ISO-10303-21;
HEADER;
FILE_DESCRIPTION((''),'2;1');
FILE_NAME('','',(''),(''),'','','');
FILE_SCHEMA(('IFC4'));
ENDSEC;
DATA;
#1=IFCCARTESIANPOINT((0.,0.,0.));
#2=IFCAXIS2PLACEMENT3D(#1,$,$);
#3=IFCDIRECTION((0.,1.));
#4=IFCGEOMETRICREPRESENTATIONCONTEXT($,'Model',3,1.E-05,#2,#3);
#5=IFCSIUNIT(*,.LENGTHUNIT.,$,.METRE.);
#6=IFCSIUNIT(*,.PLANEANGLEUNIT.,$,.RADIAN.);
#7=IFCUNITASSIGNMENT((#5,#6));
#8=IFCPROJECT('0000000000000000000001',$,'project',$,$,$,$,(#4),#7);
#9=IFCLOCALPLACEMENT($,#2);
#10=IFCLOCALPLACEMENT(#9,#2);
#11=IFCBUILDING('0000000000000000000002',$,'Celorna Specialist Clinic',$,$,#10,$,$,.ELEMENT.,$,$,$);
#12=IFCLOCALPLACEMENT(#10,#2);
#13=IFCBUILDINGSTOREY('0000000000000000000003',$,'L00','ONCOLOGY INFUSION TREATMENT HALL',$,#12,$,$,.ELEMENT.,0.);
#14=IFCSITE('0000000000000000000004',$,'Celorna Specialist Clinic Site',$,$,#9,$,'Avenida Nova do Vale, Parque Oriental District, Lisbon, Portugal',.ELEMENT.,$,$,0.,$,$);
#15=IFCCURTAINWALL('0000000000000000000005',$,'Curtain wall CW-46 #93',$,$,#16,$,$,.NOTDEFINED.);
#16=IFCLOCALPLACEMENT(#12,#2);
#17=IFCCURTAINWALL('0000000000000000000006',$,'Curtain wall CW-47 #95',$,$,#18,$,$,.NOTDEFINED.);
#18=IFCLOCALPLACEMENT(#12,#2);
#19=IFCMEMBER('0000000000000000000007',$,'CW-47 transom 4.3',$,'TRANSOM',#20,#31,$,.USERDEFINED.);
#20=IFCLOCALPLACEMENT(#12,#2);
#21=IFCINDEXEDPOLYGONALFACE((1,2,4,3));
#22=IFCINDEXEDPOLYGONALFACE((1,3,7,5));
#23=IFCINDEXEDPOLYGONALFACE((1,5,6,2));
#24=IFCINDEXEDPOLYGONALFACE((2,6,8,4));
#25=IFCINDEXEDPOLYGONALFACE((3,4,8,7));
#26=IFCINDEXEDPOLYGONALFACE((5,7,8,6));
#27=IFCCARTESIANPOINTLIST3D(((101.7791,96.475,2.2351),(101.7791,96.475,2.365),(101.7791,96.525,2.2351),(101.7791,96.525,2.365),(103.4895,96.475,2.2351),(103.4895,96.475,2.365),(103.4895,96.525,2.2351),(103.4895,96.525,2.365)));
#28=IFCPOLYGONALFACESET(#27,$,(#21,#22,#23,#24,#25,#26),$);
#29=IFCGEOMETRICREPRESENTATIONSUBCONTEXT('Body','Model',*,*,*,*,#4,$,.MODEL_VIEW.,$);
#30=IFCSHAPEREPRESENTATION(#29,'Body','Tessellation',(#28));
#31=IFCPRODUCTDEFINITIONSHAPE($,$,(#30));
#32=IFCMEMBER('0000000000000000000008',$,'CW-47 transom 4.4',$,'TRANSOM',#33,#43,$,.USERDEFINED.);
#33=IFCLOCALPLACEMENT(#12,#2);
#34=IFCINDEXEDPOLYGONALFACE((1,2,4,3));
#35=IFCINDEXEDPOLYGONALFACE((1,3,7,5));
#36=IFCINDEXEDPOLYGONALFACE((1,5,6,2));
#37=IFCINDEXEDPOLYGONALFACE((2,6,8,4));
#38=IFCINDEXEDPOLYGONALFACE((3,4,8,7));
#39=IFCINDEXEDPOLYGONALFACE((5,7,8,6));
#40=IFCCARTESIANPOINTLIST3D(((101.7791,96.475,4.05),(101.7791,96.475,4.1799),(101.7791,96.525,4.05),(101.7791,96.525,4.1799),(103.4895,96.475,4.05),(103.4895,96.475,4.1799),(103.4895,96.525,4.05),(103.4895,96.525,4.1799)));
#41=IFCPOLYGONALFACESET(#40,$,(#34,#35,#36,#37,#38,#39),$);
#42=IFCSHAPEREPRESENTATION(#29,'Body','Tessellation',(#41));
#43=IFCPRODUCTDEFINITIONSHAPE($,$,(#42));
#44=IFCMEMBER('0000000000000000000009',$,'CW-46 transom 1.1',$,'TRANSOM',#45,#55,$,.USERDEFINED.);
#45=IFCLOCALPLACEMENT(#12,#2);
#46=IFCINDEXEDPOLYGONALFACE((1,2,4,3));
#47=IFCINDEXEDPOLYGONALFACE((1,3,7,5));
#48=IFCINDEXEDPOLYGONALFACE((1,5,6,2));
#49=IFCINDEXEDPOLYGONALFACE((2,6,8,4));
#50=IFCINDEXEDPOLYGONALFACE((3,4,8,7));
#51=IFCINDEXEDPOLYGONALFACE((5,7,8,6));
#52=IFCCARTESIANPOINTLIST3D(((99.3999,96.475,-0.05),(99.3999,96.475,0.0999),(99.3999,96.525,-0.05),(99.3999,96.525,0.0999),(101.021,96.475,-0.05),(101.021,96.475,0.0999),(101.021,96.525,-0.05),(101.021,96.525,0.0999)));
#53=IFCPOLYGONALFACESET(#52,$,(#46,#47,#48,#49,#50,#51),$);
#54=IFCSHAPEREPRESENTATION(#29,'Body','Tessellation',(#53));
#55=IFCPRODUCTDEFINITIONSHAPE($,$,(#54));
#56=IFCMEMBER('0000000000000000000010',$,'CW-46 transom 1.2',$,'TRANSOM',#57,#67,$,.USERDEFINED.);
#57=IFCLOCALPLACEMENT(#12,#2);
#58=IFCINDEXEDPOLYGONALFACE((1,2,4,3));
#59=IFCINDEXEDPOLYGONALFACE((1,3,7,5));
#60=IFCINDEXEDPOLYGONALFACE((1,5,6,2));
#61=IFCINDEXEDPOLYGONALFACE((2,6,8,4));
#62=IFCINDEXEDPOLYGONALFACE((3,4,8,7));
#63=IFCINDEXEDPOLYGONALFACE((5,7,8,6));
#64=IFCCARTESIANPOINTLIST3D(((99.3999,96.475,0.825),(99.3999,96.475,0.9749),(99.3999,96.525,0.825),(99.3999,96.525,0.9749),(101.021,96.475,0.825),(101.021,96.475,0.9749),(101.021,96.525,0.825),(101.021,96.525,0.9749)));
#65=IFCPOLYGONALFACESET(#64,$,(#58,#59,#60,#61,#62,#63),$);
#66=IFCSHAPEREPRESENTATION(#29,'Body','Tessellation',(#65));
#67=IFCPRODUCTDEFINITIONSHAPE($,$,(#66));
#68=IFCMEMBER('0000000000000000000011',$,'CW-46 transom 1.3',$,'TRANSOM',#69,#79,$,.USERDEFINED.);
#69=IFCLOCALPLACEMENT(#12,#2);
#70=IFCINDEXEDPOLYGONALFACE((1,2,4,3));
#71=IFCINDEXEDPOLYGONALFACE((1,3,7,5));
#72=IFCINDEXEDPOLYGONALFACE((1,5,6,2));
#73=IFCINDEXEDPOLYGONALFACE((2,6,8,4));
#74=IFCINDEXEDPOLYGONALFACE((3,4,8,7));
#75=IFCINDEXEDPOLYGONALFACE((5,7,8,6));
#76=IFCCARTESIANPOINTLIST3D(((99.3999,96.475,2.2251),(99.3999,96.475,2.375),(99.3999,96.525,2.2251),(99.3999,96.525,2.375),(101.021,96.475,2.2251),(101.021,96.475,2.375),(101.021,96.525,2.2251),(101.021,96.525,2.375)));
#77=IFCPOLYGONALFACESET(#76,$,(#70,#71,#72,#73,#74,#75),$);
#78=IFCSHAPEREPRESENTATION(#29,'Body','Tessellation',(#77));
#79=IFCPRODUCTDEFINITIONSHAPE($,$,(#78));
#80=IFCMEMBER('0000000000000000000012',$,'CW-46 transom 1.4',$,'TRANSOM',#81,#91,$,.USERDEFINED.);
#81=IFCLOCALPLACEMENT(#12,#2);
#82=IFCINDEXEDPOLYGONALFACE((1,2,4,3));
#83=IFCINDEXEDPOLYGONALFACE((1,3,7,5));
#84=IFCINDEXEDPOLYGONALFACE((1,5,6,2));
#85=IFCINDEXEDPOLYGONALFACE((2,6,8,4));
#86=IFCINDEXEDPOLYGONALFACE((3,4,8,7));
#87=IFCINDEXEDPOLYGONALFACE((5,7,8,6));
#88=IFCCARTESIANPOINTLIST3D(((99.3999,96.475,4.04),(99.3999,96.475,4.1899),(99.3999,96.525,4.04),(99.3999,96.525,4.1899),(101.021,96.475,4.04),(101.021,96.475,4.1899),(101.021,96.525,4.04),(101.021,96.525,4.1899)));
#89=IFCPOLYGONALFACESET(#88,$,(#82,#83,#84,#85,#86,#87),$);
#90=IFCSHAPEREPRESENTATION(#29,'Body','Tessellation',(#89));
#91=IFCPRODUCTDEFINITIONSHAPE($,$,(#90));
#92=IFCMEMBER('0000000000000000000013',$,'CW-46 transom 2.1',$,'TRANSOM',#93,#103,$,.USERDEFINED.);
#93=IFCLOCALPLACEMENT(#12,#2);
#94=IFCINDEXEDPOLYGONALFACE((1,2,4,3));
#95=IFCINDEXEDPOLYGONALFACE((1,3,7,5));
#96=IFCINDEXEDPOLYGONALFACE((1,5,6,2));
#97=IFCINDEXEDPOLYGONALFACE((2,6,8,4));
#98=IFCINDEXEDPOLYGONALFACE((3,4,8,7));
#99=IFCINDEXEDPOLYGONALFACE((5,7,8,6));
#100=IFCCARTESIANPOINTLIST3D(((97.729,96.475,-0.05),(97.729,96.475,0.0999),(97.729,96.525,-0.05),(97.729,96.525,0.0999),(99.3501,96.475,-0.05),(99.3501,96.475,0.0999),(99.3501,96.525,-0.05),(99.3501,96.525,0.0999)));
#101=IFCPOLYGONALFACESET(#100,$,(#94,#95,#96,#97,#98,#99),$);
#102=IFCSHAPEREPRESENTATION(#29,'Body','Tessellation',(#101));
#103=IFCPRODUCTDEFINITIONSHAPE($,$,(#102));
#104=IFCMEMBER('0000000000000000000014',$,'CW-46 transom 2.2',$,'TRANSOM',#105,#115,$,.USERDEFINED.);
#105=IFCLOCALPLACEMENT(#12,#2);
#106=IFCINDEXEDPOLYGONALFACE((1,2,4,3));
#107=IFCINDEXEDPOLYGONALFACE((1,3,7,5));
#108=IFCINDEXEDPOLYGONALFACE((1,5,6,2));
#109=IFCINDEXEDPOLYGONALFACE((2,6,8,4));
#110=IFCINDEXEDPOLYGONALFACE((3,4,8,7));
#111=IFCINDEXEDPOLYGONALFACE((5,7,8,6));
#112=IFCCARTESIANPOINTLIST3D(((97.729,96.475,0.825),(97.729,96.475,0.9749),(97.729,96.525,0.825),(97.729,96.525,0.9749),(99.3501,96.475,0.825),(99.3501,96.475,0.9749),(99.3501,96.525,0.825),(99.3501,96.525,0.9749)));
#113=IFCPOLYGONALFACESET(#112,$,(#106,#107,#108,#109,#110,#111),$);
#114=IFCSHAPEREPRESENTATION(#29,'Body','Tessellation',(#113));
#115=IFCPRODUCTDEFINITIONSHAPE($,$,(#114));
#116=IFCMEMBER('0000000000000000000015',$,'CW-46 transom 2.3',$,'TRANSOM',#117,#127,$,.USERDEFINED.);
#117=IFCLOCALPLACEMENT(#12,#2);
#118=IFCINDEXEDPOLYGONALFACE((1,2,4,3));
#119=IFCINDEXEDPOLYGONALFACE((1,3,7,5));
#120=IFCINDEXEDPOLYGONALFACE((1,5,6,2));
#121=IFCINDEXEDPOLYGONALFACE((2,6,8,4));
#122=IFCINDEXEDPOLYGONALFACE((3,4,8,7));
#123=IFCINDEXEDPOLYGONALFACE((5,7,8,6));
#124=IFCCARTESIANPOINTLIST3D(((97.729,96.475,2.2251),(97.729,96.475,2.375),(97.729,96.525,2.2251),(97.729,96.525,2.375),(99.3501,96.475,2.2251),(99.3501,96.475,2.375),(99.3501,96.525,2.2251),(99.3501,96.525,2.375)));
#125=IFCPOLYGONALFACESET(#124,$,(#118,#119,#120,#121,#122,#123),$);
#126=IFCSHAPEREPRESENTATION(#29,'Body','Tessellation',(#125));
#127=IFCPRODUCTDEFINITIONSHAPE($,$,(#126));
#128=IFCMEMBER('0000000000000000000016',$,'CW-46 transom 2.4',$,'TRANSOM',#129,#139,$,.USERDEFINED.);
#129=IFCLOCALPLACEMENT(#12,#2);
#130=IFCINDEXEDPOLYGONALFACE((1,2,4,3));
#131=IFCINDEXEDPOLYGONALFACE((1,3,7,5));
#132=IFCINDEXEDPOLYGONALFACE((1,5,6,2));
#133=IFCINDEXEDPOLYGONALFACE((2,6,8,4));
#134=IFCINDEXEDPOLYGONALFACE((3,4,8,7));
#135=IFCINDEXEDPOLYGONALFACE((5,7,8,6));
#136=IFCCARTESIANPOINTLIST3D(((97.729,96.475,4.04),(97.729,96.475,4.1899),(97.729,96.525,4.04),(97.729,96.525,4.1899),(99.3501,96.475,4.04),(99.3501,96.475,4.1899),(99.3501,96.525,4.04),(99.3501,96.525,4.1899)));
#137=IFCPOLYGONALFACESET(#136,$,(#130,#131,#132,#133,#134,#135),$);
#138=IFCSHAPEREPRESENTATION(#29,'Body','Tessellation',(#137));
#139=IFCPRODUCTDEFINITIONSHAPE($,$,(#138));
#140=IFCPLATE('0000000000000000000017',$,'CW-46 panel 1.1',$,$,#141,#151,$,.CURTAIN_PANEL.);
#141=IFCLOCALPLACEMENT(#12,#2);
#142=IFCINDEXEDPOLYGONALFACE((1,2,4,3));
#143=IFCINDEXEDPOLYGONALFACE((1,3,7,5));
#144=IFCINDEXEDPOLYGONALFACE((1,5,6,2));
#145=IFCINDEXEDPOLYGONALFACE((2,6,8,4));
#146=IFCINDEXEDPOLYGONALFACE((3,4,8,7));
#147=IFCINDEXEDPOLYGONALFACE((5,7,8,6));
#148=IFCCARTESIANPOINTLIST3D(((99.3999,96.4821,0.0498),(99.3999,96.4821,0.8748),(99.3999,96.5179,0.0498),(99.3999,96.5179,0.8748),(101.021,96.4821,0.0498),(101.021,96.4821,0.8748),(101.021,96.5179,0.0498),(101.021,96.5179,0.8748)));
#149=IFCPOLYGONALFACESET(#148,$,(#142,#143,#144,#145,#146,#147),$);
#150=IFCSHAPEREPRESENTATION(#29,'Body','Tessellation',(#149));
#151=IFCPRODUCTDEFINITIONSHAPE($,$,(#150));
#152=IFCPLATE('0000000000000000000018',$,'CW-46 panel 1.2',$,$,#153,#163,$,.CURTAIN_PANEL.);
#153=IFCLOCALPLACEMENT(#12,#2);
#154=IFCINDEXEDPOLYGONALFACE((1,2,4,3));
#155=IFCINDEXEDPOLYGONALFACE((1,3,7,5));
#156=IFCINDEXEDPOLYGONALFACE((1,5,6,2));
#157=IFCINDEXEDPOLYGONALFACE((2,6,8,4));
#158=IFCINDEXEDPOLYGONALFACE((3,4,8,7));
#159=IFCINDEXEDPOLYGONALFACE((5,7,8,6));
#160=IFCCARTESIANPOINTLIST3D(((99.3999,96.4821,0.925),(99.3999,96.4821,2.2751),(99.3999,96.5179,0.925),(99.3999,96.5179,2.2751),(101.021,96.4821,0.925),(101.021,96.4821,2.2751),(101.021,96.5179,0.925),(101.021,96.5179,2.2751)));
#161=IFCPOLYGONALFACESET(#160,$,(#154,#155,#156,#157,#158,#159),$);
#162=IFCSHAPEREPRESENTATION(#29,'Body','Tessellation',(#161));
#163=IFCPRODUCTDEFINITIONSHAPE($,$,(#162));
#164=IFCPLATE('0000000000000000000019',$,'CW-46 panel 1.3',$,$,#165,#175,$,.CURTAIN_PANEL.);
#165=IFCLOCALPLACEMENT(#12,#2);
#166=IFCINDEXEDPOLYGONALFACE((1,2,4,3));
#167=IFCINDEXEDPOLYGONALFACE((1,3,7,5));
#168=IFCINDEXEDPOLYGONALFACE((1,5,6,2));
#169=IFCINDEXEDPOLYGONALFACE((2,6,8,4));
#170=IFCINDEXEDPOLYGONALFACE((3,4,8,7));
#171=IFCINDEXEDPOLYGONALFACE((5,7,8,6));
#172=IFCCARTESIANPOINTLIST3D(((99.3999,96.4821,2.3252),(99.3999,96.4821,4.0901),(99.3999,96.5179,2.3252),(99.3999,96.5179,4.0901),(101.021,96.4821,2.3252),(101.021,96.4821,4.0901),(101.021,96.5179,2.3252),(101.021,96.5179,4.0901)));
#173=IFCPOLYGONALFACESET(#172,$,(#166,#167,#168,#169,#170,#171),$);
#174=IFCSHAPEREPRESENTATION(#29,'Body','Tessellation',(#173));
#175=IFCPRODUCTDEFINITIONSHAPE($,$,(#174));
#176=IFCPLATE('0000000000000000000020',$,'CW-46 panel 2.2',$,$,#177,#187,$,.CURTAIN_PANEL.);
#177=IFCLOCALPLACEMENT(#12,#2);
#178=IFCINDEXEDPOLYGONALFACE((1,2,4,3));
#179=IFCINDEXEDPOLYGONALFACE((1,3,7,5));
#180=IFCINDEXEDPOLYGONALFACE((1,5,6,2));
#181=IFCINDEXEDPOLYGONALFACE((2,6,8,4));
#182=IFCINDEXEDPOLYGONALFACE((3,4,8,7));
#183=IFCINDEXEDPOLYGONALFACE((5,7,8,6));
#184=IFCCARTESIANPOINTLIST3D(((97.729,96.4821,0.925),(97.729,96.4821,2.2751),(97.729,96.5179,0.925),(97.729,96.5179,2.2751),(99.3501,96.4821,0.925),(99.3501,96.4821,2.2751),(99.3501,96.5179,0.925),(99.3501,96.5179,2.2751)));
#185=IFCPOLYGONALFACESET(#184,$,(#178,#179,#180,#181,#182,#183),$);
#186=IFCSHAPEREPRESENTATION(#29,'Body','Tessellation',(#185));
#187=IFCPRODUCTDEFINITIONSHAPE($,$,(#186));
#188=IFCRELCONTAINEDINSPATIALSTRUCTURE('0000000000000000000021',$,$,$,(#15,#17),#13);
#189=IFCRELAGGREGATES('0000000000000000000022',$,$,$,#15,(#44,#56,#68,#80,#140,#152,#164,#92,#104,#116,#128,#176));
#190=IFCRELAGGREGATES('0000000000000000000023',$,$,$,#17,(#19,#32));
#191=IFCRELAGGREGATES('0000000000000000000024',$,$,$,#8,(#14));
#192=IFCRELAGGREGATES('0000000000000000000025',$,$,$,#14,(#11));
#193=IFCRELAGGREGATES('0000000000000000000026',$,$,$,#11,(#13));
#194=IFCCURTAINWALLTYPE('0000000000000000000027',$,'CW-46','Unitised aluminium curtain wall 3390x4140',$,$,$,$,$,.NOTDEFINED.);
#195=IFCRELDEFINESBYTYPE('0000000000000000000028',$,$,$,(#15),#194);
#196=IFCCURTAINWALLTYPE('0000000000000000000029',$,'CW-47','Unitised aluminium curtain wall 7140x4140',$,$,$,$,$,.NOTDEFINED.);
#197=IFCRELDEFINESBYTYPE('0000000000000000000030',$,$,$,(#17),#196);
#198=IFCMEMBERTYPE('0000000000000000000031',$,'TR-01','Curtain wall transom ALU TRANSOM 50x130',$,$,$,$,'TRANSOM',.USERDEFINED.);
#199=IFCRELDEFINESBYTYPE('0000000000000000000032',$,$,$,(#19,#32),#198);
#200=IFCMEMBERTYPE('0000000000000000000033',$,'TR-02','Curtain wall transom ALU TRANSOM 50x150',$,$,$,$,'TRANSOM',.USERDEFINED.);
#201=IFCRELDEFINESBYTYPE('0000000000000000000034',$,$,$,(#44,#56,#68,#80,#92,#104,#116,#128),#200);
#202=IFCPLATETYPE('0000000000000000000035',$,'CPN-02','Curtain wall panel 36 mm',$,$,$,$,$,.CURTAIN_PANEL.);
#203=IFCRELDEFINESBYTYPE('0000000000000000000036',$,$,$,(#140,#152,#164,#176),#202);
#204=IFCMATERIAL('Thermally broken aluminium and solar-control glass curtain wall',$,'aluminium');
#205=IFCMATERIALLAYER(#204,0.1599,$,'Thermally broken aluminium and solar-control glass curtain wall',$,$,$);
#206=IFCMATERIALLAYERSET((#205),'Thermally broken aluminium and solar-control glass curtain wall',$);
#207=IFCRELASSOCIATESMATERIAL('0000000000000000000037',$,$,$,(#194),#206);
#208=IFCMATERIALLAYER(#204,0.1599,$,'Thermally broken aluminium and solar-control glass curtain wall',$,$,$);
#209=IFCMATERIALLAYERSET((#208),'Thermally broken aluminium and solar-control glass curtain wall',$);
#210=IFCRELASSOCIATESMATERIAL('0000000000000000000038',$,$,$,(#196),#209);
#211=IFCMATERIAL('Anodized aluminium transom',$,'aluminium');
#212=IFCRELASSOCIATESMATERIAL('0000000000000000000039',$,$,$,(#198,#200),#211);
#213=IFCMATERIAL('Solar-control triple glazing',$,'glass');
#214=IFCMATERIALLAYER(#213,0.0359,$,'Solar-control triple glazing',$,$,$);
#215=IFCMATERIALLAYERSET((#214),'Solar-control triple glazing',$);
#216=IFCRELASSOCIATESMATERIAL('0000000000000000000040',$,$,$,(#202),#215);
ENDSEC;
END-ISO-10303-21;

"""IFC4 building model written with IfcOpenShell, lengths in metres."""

from ifc_helpers import new_model, si_unit, direction, frame, origin, origin_2d, place, context, subcontext, project, spatial, rectangle, extrude, material, layer, layer_set, material_profile, profile_set, type_object, element, aggregate, save


model = new_model("IFC4")

# Units and contexts
model_context = context("Model", 3, precision=1e-05, world=origin(), true_north=direction((0.0, 1.0)))
body_context = subcontext(model_context, "Body", "Model", "MODEL_VIEW")
ifc_project = project(units=[si_unit("LENGTHUNIT", "METRE"), si_unit("PLANEANGLEUNIT", "RADIAN")], contexts=[model_context])

# Site, building, storey
site_placement = place(None, origin())
site = spatial("IfcSite", under=ifc_project, at=site_placement, Name="Celorna Specialist Clinic Site", LongName="Avenida Nova do Vale, Parque Oriental District, Lisbon, Portugal", CompositionType="ELEMENT", RefElevation=0.0)
building_placement = place(site_placement, origin())
building = spatial("IfcBuilding", under=site, at=building_placement, Name="Celorna Specialist Clinic", CompositionType="ELEMENT")
storey_placement = place(building_placement, origin())
storey = spatial("IfcBuildingStorey", under=building, at=storey_placement, Name="L00", Description="ONCOLOGY INFUSION TREATMENT HALL", CompositionType="ELEMENT", Elevation=0.0)

# Curtain walls, members
ifc_material_1 = material(Name="Thermally broken aluminium and solar-control glass curtain wall", Category="aluminium")
ifc_layer_1 = layer(ifc_material_1, 0.1599, Name="Thermally broken aluminium and solar-control glass curtain wall")
ifc_layer_set_1 = layer_set([ifc_layer_1], Name="Thermally broken aluminium and solar-control glass curtain wall")
curtain_wall_type_1 = type_object("IfcCurtainWallType", Name="CW-46", Description="Unitised aluminium curtain wall 3390x4140", PredefinedType="NOTDEFINED", material=ifc_layer_set_1)
curtain_wall_1_placement = place(storey_placement, origin())
curtain_wall_1 = element("IfcCurtainWall", 1, at=curtain_wall_1_placement, inside=storey, type_object=curtain_wall_type_1, Name="Curtain wall CW-46 #93", PredefinedType="NOTDEFINED")
ifc_layer_2 = layer(ifc_material_1, 0.1599, Name="Thermally broken aluminium and solar-control glass curtain wall")
ifc_layer_set_2 = layer_set([ifc_layer_2], Name="Thermally broken aluminium and solar-control glass curtain wall")
curtain_wall_type_2 = type_object("IfcCurtainWallType", Name="CW-47", Description="Unitised aluminium curtain wall 7140x4140", PredefinedType="NOTDEFINED", material=ifc_layer_set_2)
curtain_wall_2_placement = place(storey_placement, origin())
curtain_wall_2 = element("IfcCurtainWall", 2, at=curtain_wall_2_placement, inside=storey, type_object=curtain_wall_type_2, Name="Curtain wall CW-47 #95", PredefinedType="NOTDEFINED")
ifc_material_2 = material(Name="Anodized aluminium transom", Category="aluminium")
ifc_material_profile_1 = material_profile(ifc_material_2, rectangle(XDim=0.05, YDim=0.1299, at=origin_2d()), Name="ALU TRANSOM 50x130")
ifc_profile_set_1 = profile_set([ifc_material_profile_1], Name="Anodized aluminium transom")
member_type_1 = type_object("IfcMemberType", Name="TR-01", Description="Curtain wall transom ALU TRANSOM 50x130", ElementType="TRANSOM", PredefinedType="USERDEFINED", material=ifc_profile_set_1)
member_1_placement = place(storey_placement, frame((103.4895, 96.5, 2.3), z_axis=(-1.0, 0.0, 0.0), x_axis=(0.0, -1.0, 0.0)))
member_1 = element("IfcMember", 3, at=member_1_placement, type_object=member_type_1, Name="CW-47 transom 4.3", ObjectType="TRANSOM", PredefinedType="USERDEFINED", context=body_context, shape_type="SweptSolid", body=[
    extrude(rectangle(XDim=0.05, YDim=0.1299, at=origin_2d()), origin(), (0.0, 0.0, 1.0), 1.7104),
])
member_2_placement = place(storey_placement, frame((103.4895, 96.5, 4.115), z_axis=(-1.0, 0.0, 0.0), x_axis=(0.0, -1.0, 0.0)))
member_2 = element("IfcMember", 4, at=member_2_placement, type_object=member_type_1, Name="CW-47 transom 4.4", ObjectType="TRANSOM", PredefinedType="USERDEFINED", context=body_context, shape_type="SweptSolid", body=[
    extrude(rectangle(XDim=0.05, YDim=0.1299, at=origin_2d()), origin(), (0.0, 0.0, 1.0), 1.7104),
])

# Members
ifc_material_profile_2 = material_profile(ifc_material_2, rectangle(XDim=0.05, YDim=0.1499, at=origin_2d()), Name="ALU TRANSOM 50x150")
ifc_profile_set_2 = profile_set([ifc_material_profile_2], Name="Anodized aluminium transom")
member_type_2 = type_object("IfcMemberType", Name="TR-02", Description="Curtain wall transom ALU TRANSOM 50x150", ElementType="TRANSOM", PredefinedType="USERDEFINED", material=ifc_profile_set_2)
member_3_placement = place(storey_placement, frame((101.021, 96.5, 0.0249), z_axis=(-1.0, 0.0, 0.0), x_axis=(0.0, -1.0, 0.0)))
member_3 = element("IfcMember", 5, at=member_3_placement, type_object=member_type_2, Name="CW-46 transom 1.1", ObjectType="TRANSOM", PredefinedType="USERDEFINED", context=body_context, shape_type="SweptSolid", body=[
    extrude(rectangle(XDim=0.05, YDim=0.1499, at=origin_2d()), origin(), (0.0, 0.0, 1.0), 1.6211),
])
member_4_placement = place(storey_placement, frame((101.021, 96.5, 0.8999), z_axis=(-1.0, 0.0, 0.0), x_axis=(0.0, -1.0, 0.0)))
member_4 = element("IfcMember", 6, at=member_4_placement, type_object=member_type_2, Name="CW-46 transom 1.2", ObjectType="TRANSOM", PredefinedType="USERDEFINED", context=body_context, shape_type="SweptSolid", body=[
    extrude(rectangle(XDim=0.05, YDim=0.1499, at=origin_2d()), origin(), (0.0, 0.0, 1.0), 1.6211),
])
member_5_placement = place(storey_placement, frame((101.021, 96.5, 2.3), z_axis=(-1.0, 0.0, 0.0), x_axis=(0.0, -1.0, 0.0)))
member_5 = element("IfcMember", 7, at=member_5_placement, type_object=member_type_2, Name="CW-46 transom 1.3", ObjectType="TRANSOM", PredefinedType="USERDEFINED", context=body_context, shape_type="SweptSolid", body=[
    extrude(rectangle(XDim=0.05, YDim=0.1499, at=origin_2d()), origin(), (0.0, 0.0, 1.0), 1.6211),
])
member_6_placement = place(storey_placement, frame((101.021, 96.5, 4.115), z_axis=(-1.0, 0.0, 0.0), x_axis=(0.0, -1.0, 0.0)))
member_6 = element("IfcMember", 8, at=member_6_placement, type_object=member_type_2, Name="CW-46 transom 1.4", ObjectType="TRANSOM", PredefinedType="USERDEFINED", context=body_context, shape_type="SweptSolid", body=[
    extrude(rectangle(XDim=0.05, YDim=0.1499, at=origin_2d()), origin(), (0.0, 0.0, 1.0), 1.6211),
])
member_7_placement = place(storey_placement, frame((99.3501, 96.5, 0.0249), z_axis=(-1.0, 0.0, 0.0), x_axis=(0.0, -1.0, 0.0)))
member_7 = element("IfcMember", 9, at=member_7_placement, type_object=member_type_2, Name="CW-46 transom 2.1", ObjectType="TRANSOM", PredefinedType="USERDEFINED", context=body_context, shape_type="SweptSolid", body=[
    extrude(rectangle(XDim=0.05, YDim=0.1499, at=origin_2d()), origin(), (0.0, 0.0, 1.0), 1.6211),
])
member_8_placement = place(storey_placement, frame((99.3501, 96.5, 0.8999), z_axis=(-1.0, 0.0, 0.0), x_axis=(0.0, -1.0, 0.0)))
member_8 = element("IfcMember", 10, at=member_8_placement, type_object=member_type_2, Name="CW-46 transom 2.2", ObjectType="TRANSOM", PredefinedType="USERDEFINED", context=body_context, shape_type="SweptSolid", body=[
    extrude(rectangle(XDim=0.05, YDim=0.1499, at=origin_2d()), origin(), (0.0, 0.0, 1.0), 1.6211),
])
member_9_placement = place(storey_placement, frame((99.3501, 96.5, 2.3), z_axis=(-1.0, 0.0, 0.0), x_axis=(0.0, -1.0, 0.0)))
member_9 = element("IfcMember", 11, at=member_9_placement, type_object=member_type_2, Name="CW-46 transom 2.3", ObjectType="TRANSOM", PredefinedType="USERDEFINED", context=body_context, shape_type="SweptSolid", body=[
    extrude(rectangle(XDim=0.05, YDim=0.1499, at=origin_2d()), origin(), (0.0, 0.0, 1.0), 1.6211),
])
member_10_placement = place(storey_placement, frame((99.3501, 96.5, 4.115), z_axis=(-1.0, 0.0, 0.0), x_axis=(0.0, -1.0, 0.0)))
member_10 = element("IfcMember", 12, at=member_10_placement, type_object=member_type_2, Name="CW-46 transom 2.4", ObjectType="TRANSOM", PredefinedType="USERDEFINED", context=body_context, shape_type="SweptSolid", body=[
    extrude(rectangle(XDim=0.05, YDim=0.1499, at=origin_2d()), origin(), (0.0, 0.0, 1.0), 1.6211),
])

# Plates
ifc_material_3 = material(Name="Solar-control triple glazing", Category="glass")
ifc_layer_3 = layer(ifc_material_3, 0.0359, Name="Solar-control triple glazing")
ifc_layer_set_3 = layer_set([ifc_layer_3], Name="Solar-control triple glazing")
plate_type_1 = type_object("IfcPlateType", Name="CPN-02", Description="Curtain wall panel 36 mm", PredefinedType="CURTAIN_PANEL", material=ifc_layer_set_3)
plate_1_placement = place(storey_placement, frame((100.2104, 96.5, 0.0498), z_axis=(0.0, 0.0, 1.0), x_axis=(-1.0, 0.0, 0.0)))
plate_1 = element("IfcPlate", 13, at=plate_1_placement, type_object=plate_type_1, Name="CW-46 panel 1.1", PredefinedType="CURTAIN_PANEL", context=body_context, shape_type="SweptSolid", body=[
    extrude(rectangle(XDim=1.6211, YDim=0.0359, at=origin_2d()), origin(), (0.0, 0.0, 1.0), 0.825),
])
plate_2_placement = place(storey_placement, frame((100.2104, 96.5, 0.925), z_axis=(0.0, 0.0, 1.0), x_axis=(-1.0, 0.0, 0.0)))
plate_2 = element("IfcPlate", 14, at=plate_2_placement, type_object=plate_type_1, Name="CW-46 panel 1.2", PredefinedType="CURTAIN_PANEL", context=body_context, shape_type="SweptSolid", body=[
    extrude(rectangle(XDim=1.6211, YDim=0.0359, at=origin_2d()), origin(), (0.0, 0.0, 1.0), 1.3501),
])
plate_3_placement = place(storey_placement, frame((100.2104, 96.5, 2.3252), z_axis=(0.0, 0.0, 1.0), x_axis=(-1.0, 0.0, 0.0)))
plate_3 = element("IfcPlate", 15, at=plate_3_placement, type_object=plate_type_1, Name="CW-46 panel 1.3", PredefinedType="CURTAIN_PANEL", context=body_context, shape_type="SweptSolid", body=[
    extrude(rectangle(XDim=1.6211, YDim=0.0359, at=origin_2d()), origin(), (0.0, 0.0, 1.0), 1.7649),
])
plate_4_placement = place(storey_placement, frame((98.5396, 96.5, 0.925), z_axis=(0.0, 0.0, 1.0), x_axis=(-1.0, 0.0, 0.0)))
plate_4 = element("IfcPlate", 16, at=plate_4_placement, type_object=plate_type_1, Name="CW-46 panel 2.2", PredefinedType="CURTAIN_PANEL", context=body_context, shape_type="SweptSolid", body=[
    extrude(rectangle(XDim=1.6211, YDim=0.0359, at=origin_2d()), origin(), (0.0, 0.0, 1.0), 1.3501),
])
aggregate(curtain_wall_1, [member_3, member_4, member_5, member_6, plate_1, plate_2, plate_3, member_7, member_8, member_9, member_10, plate_4])
aggregate(curtain_wall_2, [member_1, member_2])

save(model, "model.ifc")
